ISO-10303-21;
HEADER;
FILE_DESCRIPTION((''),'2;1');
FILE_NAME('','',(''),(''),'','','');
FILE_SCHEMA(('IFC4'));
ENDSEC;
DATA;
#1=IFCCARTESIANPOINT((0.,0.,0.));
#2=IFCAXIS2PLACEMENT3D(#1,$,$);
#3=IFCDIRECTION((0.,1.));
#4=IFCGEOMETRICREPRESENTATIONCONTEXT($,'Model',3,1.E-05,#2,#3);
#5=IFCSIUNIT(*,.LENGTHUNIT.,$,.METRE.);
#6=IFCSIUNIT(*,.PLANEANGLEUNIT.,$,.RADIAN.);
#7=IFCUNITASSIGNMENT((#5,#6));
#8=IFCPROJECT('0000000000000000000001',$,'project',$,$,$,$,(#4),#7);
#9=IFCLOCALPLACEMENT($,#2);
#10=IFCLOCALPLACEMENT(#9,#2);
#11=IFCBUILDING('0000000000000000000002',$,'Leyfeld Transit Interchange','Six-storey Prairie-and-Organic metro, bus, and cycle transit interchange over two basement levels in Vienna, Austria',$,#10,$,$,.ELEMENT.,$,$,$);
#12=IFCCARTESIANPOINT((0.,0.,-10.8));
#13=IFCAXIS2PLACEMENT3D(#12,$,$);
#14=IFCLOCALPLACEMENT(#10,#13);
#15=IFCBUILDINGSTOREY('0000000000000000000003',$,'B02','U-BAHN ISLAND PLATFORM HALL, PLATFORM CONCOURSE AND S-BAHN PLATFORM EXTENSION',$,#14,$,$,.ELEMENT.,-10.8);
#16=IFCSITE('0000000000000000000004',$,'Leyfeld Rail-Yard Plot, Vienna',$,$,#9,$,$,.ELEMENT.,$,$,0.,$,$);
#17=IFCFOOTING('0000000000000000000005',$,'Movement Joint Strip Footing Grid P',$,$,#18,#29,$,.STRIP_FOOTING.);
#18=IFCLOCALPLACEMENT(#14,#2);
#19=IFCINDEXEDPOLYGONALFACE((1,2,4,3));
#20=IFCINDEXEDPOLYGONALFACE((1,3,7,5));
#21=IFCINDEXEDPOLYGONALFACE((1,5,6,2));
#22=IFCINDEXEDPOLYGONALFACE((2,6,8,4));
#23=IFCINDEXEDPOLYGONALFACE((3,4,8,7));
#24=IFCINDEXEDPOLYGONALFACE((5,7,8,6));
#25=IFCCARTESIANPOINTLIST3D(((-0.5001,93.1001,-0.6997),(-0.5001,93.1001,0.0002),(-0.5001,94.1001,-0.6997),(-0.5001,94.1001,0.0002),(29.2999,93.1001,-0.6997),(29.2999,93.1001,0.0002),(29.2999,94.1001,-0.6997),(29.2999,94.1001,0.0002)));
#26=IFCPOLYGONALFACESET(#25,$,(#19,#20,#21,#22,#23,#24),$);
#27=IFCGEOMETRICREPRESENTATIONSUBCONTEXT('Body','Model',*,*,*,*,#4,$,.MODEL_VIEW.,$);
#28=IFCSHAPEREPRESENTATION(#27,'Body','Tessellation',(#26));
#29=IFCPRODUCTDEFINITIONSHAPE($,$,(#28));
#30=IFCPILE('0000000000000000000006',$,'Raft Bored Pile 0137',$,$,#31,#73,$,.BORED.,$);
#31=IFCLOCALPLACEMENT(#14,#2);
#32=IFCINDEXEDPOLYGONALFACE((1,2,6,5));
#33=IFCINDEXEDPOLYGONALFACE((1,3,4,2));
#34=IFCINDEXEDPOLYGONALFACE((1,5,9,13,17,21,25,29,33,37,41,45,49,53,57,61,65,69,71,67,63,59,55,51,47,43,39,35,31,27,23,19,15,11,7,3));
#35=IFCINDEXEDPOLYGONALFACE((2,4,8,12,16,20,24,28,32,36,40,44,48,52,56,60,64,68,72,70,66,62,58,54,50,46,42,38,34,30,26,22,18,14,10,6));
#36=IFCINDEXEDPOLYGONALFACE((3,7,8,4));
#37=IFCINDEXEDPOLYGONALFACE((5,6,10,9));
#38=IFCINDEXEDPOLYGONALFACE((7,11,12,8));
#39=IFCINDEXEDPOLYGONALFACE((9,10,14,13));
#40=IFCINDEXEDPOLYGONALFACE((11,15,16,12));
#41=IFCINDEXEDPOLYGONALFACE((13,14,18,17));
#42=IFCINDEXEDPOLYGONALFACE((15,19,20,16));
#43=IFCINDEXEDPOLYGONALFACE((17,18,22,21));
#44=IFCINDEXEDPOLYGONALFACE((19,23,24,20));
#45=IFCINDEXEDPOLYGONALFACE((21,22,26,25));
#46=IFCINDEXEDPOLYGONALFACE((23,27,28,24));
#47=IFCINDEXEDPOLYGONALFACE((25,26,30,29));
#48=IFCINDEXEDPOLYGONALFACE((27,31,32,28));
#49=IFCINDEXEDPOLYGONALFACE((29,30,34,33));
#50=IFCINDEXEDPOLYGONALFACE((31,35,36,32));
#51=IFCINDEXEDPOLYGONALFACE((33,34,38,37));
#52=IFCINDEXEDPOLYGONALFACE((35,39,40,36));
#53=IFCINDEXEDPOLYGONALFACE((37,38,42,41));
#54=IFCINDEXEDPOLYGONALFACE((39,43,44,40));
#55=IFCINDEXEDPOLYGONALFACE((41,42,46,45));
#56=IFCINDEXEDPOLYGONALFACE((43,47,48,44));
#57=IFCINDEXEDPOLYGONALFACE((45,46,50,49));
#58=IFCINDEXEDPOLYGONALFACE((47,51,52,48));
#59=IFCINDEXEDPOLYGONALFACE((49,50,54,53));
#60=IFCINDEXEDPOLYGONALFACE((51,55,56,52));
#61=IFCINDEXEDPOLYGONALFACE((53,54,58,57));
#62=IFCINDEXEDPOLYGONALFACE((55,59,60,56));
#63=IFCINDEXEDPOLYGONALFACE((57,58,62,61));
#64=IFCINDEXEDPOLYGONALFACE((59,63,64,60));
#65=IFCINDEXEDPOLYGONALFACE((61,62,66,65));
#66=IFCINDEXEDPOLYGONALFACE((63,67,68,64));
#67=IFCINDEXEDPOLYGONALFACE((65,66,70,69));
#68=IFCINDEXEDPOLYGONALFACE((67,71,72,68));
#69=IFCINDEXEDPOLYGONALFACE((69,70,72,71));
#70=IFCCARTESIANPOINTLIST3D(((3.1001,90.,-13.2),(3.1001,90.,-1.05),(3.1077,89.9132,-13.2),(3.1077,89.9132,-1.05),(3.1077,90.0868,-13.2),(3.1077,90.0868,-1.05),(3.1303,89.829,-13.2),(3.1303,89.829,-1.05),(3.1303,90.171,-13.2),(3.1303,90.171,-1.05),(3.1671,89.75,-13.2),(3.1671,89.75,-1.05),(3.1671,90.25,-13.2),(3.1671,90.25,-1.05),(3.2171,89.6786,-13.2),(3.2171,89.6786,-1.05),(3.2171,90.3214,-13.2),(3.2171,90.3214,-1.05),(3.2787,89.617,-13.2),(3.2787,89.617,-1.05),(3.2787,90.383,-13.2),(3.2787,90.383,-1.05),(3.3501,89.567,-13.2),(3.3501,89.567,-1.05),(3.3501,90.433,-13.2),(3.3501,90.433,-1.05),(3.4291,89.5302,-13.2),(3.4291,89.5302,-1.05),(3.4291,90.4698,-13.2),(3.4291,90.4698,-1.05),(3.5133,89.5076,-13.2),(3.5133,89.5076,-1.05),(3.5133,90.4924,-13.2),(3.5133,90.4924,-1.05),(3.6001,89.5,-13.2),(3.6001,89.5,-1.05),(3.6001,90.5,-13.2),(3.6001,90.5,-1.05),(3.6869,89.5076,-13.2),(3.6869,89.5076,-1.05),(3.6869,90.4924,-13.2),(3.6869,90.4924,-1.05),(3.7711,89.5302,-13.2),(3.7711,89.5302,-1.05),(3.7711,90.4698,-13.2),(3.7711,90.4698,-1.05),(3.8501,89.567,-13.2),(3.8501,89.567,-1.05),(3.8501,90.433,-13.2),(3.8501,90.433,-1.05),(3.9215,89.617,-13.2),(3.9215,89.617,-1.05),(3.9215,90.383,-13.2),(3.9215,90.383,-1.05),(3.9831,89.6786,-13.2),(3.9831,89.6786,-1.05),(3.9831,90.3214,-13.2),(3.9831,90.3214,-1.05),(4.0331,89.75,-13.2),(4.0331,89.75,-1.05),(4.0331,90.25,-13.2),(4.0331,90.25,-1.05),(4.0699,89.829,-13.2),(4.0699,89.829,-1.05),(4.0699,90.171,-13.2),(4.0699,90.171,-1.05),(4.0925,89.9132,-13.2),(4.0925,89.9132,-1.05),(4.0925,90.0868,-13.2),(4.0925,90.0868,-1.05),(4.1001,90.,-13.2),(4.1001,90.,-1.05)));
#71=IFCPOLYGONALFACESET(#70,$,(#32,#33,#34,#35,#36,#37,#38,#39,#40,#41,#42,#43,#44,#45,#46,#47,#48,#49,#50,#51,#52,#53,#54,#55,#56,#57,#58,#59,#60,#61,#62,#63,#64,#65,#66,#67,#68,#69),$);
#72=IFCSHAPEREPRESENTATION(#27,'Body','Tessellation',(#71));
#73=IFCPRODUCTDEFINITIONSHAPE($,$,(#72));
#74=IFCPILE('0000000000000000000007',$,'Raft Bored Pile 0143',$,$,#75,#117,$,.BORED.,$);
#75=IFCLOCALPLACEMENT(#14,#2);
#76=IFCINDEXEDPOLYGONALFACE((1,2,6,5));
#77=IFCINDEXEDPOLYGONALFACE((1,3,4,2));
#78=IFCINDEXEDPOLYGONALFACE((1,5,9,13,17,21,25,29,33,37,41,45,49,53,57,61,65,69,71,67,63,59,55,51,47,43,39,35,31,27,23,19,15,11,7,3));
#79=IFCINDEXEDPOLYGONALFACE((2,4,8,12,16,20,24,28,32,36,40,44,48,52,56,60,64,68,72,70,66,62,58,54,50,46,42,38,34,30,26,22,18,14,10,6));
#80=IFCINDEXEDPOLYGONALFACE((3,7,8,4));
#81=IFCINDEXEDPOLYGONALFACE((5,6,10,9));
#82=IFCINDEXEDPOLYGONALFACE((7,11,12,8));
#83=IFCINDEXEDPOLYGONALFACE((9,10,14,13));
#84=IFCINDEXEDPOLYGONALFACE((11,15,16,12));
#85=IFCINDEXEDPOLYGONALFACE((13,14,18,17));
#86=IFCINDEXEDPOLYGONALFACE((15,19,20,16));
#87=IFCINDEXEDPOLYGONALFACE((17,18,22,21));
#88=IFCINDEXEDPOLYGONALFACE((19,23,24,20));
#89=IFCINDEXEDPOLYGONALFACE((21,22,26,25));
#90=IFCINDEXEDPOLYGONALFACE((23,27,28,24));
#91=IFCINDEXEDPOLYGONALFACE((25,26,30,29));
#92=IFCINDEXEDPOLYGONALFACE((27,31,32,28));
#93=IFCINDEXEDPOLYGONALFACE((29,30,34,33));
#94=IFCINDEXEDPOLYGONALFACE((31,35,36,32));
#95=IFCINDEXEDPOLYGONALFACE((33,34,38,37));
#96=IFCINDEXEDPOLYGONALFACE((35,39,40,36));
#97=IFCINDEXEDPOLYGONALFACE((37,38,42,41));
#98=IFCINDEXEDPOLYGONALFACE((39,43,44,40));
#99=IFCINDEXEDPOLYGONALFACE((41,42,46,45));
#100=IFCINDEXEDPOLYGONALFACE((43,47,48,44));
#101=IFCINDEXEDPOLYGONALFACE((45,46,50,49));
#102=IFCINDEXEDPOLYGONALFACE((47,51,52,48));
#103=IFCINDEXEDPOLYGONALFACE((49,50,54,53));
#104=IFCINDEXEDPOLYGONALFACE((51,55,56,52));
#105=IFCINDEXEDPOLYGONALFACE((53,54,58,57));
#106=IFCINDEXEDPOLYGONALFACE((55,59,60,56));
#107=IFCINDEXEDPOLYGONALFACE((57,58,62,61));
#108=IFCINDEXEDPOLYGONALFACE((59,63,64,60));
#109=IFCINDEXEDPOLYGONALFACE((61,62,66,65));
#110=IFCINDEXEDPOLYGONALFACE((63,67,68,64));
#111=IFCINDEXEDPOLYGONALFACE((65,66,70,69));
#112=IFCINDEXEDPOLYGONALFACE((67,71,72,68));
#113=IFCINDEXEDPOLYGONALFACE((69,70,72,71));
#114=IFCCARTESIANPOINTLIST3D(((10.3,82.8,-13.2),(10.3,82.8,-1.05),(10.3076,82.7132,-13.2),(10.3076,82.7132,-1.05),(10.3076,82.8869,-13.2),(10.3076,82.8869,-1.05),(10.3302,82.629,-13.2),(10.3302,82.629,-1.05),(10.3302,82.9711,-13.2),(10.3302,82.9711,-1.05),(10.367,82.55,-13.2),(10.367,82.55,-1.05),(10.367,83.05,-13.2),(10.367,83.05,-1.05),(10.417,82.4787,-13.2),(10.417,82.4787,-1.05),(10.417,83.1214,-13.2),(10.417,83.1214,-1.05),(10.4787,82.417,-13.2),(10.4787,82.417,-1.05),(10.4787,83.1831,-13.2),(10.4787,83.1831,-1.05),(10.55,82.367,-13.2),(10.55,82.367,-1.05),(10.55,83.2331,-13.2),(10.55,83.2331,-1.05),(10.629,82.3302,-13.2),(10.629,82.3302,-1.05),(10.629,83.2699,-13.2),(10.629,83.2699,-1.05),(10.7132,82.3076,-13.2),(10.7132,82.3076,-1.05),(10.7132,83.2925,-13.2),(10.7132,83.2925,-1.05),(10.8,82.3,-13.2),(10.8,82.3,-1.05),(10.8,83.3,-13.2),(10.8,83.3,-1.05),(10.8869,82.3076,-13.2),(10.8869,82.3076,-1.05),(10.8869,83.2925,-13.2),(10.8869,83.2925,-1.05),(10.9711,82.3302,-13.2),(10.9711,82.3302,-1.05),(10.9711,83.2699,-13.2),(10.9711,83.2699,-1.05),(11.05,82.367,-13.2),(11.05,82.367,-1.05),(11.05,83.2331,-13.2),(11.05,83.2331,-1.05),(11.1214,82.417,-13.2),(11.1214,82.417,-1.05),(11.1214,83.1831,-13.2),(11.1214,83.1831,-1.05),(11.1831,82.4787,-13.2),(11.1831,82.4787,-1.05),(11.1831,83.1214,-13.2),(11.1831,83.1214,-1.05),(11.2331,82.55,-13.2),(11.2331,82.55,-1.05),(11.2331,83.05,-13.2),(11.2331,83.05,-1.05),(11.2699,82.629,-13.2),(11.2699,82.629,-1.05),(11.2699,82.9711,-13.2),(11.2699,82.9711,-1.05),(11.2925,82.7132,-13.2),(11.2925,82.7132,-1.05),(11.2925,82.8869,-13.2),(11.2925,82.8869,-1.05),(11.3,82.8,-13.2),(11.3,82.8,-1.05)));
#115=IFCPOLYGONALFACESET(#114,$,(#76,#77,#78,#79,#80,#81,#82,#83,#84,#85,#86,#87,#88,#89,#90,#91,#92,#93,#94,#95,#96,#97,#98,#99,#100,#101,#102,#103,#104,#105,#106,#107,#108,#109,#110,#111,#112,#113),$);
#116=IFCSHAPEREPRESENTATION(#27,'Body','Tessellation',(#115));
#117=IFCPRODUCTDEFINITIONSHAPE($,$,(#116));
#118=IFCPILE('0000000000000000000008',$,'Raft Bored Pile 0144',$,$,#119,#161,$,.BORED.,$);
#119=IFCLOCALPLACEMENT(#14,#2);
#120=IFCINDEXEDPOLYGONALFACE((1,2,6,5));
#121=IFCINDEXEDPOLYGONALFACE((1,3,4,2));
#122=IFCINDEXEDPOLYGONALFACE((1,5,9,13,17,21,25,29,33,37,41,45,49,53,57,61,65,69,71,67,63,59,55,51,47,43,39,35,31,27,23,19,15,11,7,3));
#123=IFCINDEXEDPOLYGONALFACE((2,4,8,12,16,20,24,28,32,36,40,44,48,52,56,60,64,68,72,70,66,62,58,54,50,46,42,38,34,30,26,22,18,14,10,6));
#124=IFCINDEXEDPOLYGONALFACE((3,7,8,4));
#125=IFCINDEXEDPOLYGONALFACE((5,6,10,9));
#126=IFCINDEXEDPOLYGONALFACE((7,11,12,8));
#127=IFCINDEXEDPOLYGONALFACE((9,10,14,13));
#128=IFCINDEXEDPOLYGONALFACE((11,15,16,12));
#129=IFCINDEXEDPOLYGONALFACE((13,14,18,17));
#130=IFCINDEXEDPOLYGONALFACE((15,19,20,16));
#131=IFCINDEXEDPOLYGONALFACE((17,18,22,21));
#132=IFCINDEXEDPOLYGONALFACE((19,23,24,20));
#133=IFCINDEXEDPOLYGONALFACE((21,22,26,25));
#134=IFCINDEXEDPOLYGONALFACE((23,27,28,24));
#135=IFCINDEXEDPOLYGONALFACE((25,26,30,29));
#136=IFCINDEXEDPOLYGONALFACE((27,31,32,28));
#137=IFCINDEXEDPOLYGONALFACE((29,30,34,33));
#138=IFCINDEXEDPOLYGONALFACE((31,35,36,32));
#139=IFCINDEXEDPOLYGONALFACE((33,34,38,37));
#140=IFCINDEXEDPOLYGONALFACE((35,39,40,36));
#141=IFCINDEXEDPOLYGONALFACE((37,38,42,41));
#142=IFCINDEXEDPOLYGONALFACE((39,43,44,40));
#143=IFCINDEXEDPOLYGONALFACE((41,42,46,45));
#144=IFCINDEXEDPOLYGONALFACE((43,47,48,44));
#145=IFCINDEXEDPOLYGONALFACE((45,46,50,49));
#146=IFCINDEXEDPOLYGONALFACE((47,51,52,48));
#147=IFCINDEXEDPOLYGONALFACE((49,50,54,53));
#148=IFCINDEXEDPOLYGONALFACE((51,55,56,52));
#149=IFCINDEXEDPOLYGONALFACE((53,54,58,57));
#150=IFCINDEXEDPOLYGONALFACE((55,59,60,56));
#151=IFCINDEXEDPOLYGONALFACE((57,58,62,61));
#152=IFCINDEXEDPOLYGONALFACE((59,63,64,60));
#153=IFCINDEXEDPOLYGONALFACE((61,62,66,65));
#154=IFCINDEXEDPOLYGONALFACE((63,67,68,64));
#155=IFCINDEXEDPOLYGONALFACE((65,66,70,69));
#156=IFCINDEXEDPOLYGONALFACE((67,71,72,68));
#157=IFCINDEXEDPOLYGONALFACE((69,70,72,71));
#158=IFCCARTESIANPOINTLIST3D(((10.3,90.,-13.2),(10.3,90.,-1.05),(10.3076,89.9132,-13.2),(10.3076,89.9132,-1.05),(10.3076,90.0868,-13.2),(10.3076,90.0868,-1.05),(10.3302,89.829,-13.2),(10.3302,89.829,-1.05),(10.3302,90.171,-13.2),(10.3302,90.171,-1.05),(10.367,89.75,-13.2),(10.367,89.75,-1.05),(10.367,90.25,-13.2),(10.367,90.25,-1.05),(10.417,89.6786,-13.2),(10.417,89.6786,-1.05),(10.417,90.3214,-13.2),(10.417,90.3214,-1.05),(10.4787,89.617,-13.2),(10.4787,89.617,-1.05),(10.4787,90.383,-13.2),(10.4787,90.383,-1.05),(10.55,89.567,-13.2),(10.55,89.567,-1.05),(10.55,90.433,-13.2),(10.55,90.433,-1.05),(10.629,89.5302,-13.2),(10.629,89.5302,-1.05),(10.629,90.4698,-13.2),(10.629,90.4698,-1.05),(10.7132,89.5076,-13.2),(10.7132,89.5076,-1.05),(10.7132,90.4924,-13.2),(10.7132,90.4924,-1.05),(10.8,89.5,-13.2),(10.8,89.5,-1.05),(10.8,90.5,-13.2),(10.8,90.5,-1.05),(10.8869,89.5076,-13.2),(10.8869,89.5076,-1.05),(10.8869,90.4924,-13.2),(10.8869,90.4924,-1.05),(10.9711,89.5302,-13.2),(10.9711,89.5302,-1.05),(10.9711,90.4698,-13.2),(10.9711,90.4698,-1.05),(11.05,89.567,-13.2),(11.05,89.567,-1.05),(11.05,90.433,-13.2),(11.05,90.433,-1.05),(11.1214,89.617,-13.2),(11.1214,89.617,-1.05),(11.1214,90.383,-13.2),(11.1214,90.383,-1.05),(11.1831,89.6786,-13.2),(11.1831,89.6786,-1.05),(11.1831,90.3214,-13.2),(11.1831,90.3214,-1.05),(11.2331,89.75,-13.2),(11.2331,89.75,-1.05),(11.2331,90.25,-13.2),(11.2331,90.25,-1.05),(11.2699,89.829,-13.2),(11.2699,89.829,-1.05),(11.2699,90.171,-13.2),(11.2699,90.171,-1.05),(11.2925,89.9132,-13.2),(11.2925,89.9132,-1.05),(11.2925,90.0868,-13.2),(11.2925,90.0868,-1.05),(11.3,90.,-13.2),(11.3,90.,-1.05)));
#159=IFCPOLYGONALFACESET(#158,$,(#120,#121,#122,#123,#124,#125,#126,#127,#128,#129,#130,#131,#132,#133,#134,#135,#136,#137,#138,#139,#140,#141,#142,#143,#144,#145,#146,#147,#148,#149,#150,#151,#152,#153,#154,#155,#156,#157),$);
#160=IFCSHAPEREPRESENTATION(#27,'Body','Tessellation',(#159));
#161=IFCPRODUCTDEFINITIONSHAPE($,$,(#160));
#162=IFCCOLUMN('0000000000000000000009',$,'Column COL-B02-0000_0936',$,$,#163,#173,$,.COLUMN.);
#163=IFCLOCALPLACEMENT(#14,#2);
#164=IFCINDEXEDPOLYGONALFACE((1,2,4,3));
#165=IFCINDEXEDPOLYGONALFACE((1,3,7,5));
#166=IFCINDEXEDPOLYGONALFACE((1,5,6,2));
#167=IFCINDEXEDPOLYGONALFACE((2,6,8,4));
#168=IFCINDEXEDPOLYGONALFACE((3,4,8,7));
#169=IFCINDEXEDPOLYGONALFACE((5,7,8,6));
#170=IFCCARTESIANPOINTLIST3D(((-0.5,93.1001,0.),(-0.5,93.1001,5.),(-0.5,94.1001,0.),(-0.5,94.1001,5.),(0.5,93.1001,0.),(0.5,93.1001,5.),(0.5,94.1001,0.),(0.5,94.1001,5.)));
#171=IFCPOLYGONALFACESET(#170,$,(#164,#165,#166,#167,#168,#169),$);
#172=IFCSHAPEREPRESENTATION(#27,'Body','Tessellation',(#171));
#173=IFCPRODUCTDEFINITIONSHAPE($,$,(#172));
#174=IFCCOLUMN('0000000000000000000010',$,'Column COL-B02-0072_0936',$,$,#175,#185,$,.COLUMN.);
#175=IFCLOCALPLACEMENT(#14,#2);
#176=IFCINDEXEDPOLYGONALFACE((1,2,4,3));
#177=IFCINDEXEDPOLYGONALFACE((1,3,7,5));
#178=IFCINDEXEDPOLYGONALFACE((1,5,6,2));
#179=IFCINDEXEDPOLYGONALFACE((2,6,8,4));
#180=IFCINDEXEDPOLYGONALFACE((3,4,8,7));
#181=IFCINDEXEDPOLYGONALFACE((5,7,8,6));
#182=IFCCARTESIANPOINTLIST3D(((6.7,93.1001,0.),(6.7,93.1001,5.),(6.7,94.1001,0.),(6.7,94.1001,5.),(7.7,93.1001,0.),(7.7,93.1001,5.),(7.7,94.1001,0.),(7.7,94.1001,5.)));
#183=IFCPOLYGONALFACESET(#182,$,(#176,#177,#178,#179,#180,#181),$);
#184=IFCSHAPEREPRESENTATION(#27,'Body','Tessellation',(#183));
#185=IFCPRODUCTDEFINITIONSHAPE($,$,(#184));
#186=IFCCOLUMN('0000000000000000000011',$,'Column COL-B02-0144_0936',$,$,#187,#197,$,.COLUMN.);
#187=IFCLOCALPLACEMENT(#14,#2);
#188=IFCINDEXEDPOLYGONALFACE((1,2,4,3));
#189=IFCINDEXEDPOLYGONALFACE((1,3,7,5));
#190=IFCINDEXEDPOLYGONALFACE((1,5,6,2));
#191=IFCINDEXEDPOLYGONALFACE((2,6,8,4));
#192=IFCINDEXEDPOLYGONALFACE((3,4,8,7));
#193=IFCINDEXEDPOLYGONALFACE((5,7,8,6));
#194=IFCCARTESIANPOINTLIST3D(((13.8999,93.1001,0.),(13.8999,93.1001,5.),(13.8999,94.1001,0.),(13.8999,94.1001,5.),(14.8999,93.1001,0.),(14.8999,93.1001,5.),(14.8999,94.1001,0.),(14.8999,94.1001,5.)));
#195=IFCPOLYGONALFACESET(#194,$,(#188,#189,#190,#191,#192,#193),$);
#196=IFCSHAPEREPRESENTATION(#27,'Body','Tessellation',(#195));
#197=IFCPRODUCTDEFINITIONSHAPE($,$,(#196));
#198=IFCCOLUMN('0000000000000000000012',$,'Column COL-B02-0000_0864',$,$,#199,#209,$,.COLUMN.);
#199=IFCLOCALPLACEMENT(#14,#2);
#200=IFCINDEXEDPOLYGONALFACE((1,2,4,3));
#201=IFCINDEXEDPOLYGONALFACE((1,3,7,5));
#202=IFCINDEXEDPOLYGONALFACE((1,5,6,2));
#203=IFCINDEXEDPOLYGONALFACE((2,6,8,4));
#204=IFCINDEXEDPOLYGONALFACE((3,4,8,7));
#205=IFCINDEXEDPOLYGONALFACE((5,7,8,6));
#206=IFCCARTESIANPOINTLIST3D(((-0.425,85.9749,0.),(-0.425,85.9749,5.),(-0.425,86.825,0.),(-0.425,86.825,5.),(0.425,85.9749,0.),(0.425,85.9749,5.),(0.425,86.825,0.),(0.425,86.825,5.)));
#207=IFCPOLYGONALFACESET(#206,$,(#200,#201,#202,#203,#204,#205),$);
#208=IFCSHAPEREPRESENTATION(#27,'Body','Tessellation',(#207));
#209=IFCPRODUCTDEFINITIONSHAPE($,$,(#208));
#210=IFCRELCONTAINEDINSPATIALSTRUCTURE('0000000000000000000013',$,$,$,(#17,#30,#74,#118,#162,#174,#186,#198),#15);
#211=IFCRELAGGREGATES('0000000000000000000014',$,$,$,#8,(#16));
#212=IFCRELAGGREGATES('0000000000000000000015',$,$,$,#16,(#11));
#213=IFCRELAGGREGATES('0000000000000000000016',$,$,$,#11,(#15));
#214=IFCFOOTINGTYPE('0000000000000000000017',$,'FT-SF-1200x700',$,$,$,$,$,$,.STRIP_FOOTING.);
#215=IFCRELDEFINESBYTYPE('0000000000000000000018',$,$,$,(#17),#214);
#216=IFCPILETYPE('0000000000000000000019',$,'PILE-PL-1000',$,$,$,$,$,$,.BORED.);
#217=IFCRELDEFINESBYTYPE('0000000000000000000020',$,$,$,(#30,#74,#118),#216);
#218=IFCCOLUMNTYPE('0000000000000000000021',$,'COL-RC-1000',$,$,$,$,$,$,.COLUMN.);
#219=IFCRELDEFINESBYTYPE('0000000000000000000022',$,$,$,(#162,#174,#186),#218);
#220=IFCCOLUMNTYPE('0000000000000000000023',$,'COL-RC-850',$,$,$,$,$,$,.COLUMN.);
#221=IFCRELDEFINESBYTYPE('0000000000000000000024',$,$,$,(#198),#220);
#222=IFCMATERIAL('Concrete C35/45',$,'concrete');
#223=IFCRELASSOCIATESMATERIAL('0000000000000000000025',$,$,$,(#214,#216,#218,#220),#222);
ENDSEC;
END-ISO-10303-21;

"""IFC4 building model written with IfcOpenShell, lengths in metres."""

from ifc_helpers import new_model, si_unit, direction, frame, origin, origin_2d, place, context, subcontext, project, spatial, rectangle, circle, extrude, material, material_profile, profile_set, type_object, element, save


model = new_model("IFC4")

# Units and contexts
model_context = context("Model", 3, precision=1e-05, world=origin(), true_north=direction((0.0, 1.0)))
body_context = subcontext(model_context, "Body", "Model", "MODEL_VIEW")
ifc_project = project(units=[si_unit("LENGTHUNIT", "METRE"), si_unit("PLANEANGLEUNIT", "RADIAN")], contexts=[model_context])

# Site, building, storey
site_placement = place(None, origin())
site = spatial("IfcSite", under=ifc_project, at=site_placement, Name="Leyfeld Rail-Yard Plot, Vienna", CompositionType="ELEMENT", RefElevation=0.0)
building_placement = place(site_placement, origin())
building = spatial("IfcBuilding", under=site, at=building_placement, Name="Leyfeld Transit Interchange", Description="Six-storey Prairie-and-Organic metro, bus, and cycle transit interchange over two basement levels in Vienna, Austria", CompositionType="ELEMENT")
storey_placement = place(building_placement, frame((0.0, 0.0, -10.8)))
storey = spatial("IfcBuildingStorey", under=building, at=storey_placement, Name="B02", Description="U-BAHN ISLAND PLATFORM HALL, PLATFORM CONCOURSE AND S-BAHN PLATFORM EXTENSION", CompositionType="ELEMENT", Elevation=-10.8)

# Footing
ifc_material_1 = material(Name="Concrete C35/45", Category="concrete")
footing_type = type_object("IfcFootingType", Name="FT-SF-1200x700", PredefinedType="STRIP_FOOTING", material=ifc_material_1)
footing_placement = place(storey_placement, frame((14.3999, 93.6001, -0.6997), z_axis=(0.0, 0.0, 1.0), x_axis=(1.0, 0.0, 0.0)))
element("IfcFooting", 1, at=footing_placement, inside=storey, type_object=footing_type, Name="Movement Joint Strip Footing Grid P", PredefinedType="STRIP_FOOTING", context=body_context, shape_type="SweptSolid", body=[
    extrude(rectangle(XDim=29.8, YDim=1.0, at=origin_2d()), origin(), (0.0, 0.0, 1.0), 0.7),
])

# Piles
ifc_material_profile_1 = material_profile(ifc_material_1, circle(Radius=0.5, at=origin_2d()), Name="PILE D1000")
ifc_profile_set_1 = profile_set([ifc_material_profile_1], Name="Concrete C35/45")
pile_type = type_object("IfcPileType", Name="PILE-PL-1000", PredefinedType="BORED", material=ifc_profile_set_1)
for number, where, z_axis, x_axis, name in (
    (2, (3.6001, 90.0, -1.05), (0.0, 0.0, -1.0), (1.0, 0.0, 0.0), "Raft Bored Pile 0137"),
    (3, (10.8, 82.8, -1.05), (0.0, 0.0, -1.0), (1.0, 0.0, 0.0), "Raft Bored Pile 0143"),
    (4, (10.8, 90.0, -1.05), (0.0, 0.0, -1.0), (1.0, 0.0, 0.0), "Raft Bored Pile 0144"),
):
    element("IfcPile", number, at=place(storey_placement, frame(where, z_axis=z_axis, x_axis=x_axis)), inside=storey, type_object=pile_type, Name=name, PredefinedType="BORED", context=body_context, shape_type="SweptSolid", body=[
        extrude(circle(Radius=0.5, at=origin_2d()), origin(), (0.0, 0.0, 1.0), 12.1499),
    ])

# Columns
ifc_material_profile_2 = material_profile(ifc_material_1, rectangle(XDim=1.0, YDim=1.0, at=origin_2d()), Name="RC 1000x1000")
ifc_profile_set_2 = profile_set([ifc_material_profile_2], Name="Concrete C35/45")
column_type_1 = type_object("IfcColumnType", Name="COL-RC-1000", PredefinedType="COLUMN", material=ifc_profile_set_2)
for number, where, z_axis, x_axis, name in (
    (5, (0.0, 93.6001, 0.0), (0.0, 0.0, 1.0), (0.0, 1.0, 0.0), "Column COL-B02-0000_0936"),
    (6, (7.2, 93.6001, 0.0), (0.0, 0.0, 1.0), (1.0, 0.0, 0.0), "Column COL-B02-0072_0936"),
    (7, (14.3999, 93.6001, 0.0), (0.0, 0.0, 1.0), (1.0, 0.0, 0.0), "Column COL-B02-0144_0936"),
):
    element("IfcColumn", number, at=place(storey_placement, frame(where, z_axis=z_axis, x_axis=x_axis)), inside=storey, type_object=column_type_1, Name=name, PredefinedType="COLUMN", context=body_context, shape_type="SweptSolid", body=[
        extrude(rectangle(XDim=1.0, YDim=1.0, at=origin_2d()), origin(), (0.0, 0.0, 1.0), 5.0),
    ])
ifc_material_profile_3 = material_profile(ifc_material_1, rectangle(XDim=0.8501, YDim=0.8501, at=origin_2d()), Name="RC 850x850")
ifc_profile_set_3 = profile_set([ifc_material_profile_3], Name="Concrete C35/45")
column_type_2 = type_object("IfcColumnType", Name="COL-RC-850", PredefinedType="COLUMN", material=ifc_profile_set_3)
for number, where, z_axis, x_axis, name in (
    (8, (0.0, 86.3999, 0.0), (0.0, 0.0, 1.0), (0.0, 1.0, 0.0), "Column COL-B02-0000_0864"),
):
    element("IfcColumn", number, at=place(storey_placement, frame(where, z_axis=z_axis, x_axis=x_axis)), inside=storey, type_object=column_type_2, Name=name, PredefinedType="COLUMN", context=body_context, shape_type="SweptSolid", body=[
        extrude(rectangle(XDim=0.8501, YDim=0.8501, at=origin_2d()), origin(), (0.0, 0.0, 1.0), 5.0),
    ])

save(model, "model.ifc")
